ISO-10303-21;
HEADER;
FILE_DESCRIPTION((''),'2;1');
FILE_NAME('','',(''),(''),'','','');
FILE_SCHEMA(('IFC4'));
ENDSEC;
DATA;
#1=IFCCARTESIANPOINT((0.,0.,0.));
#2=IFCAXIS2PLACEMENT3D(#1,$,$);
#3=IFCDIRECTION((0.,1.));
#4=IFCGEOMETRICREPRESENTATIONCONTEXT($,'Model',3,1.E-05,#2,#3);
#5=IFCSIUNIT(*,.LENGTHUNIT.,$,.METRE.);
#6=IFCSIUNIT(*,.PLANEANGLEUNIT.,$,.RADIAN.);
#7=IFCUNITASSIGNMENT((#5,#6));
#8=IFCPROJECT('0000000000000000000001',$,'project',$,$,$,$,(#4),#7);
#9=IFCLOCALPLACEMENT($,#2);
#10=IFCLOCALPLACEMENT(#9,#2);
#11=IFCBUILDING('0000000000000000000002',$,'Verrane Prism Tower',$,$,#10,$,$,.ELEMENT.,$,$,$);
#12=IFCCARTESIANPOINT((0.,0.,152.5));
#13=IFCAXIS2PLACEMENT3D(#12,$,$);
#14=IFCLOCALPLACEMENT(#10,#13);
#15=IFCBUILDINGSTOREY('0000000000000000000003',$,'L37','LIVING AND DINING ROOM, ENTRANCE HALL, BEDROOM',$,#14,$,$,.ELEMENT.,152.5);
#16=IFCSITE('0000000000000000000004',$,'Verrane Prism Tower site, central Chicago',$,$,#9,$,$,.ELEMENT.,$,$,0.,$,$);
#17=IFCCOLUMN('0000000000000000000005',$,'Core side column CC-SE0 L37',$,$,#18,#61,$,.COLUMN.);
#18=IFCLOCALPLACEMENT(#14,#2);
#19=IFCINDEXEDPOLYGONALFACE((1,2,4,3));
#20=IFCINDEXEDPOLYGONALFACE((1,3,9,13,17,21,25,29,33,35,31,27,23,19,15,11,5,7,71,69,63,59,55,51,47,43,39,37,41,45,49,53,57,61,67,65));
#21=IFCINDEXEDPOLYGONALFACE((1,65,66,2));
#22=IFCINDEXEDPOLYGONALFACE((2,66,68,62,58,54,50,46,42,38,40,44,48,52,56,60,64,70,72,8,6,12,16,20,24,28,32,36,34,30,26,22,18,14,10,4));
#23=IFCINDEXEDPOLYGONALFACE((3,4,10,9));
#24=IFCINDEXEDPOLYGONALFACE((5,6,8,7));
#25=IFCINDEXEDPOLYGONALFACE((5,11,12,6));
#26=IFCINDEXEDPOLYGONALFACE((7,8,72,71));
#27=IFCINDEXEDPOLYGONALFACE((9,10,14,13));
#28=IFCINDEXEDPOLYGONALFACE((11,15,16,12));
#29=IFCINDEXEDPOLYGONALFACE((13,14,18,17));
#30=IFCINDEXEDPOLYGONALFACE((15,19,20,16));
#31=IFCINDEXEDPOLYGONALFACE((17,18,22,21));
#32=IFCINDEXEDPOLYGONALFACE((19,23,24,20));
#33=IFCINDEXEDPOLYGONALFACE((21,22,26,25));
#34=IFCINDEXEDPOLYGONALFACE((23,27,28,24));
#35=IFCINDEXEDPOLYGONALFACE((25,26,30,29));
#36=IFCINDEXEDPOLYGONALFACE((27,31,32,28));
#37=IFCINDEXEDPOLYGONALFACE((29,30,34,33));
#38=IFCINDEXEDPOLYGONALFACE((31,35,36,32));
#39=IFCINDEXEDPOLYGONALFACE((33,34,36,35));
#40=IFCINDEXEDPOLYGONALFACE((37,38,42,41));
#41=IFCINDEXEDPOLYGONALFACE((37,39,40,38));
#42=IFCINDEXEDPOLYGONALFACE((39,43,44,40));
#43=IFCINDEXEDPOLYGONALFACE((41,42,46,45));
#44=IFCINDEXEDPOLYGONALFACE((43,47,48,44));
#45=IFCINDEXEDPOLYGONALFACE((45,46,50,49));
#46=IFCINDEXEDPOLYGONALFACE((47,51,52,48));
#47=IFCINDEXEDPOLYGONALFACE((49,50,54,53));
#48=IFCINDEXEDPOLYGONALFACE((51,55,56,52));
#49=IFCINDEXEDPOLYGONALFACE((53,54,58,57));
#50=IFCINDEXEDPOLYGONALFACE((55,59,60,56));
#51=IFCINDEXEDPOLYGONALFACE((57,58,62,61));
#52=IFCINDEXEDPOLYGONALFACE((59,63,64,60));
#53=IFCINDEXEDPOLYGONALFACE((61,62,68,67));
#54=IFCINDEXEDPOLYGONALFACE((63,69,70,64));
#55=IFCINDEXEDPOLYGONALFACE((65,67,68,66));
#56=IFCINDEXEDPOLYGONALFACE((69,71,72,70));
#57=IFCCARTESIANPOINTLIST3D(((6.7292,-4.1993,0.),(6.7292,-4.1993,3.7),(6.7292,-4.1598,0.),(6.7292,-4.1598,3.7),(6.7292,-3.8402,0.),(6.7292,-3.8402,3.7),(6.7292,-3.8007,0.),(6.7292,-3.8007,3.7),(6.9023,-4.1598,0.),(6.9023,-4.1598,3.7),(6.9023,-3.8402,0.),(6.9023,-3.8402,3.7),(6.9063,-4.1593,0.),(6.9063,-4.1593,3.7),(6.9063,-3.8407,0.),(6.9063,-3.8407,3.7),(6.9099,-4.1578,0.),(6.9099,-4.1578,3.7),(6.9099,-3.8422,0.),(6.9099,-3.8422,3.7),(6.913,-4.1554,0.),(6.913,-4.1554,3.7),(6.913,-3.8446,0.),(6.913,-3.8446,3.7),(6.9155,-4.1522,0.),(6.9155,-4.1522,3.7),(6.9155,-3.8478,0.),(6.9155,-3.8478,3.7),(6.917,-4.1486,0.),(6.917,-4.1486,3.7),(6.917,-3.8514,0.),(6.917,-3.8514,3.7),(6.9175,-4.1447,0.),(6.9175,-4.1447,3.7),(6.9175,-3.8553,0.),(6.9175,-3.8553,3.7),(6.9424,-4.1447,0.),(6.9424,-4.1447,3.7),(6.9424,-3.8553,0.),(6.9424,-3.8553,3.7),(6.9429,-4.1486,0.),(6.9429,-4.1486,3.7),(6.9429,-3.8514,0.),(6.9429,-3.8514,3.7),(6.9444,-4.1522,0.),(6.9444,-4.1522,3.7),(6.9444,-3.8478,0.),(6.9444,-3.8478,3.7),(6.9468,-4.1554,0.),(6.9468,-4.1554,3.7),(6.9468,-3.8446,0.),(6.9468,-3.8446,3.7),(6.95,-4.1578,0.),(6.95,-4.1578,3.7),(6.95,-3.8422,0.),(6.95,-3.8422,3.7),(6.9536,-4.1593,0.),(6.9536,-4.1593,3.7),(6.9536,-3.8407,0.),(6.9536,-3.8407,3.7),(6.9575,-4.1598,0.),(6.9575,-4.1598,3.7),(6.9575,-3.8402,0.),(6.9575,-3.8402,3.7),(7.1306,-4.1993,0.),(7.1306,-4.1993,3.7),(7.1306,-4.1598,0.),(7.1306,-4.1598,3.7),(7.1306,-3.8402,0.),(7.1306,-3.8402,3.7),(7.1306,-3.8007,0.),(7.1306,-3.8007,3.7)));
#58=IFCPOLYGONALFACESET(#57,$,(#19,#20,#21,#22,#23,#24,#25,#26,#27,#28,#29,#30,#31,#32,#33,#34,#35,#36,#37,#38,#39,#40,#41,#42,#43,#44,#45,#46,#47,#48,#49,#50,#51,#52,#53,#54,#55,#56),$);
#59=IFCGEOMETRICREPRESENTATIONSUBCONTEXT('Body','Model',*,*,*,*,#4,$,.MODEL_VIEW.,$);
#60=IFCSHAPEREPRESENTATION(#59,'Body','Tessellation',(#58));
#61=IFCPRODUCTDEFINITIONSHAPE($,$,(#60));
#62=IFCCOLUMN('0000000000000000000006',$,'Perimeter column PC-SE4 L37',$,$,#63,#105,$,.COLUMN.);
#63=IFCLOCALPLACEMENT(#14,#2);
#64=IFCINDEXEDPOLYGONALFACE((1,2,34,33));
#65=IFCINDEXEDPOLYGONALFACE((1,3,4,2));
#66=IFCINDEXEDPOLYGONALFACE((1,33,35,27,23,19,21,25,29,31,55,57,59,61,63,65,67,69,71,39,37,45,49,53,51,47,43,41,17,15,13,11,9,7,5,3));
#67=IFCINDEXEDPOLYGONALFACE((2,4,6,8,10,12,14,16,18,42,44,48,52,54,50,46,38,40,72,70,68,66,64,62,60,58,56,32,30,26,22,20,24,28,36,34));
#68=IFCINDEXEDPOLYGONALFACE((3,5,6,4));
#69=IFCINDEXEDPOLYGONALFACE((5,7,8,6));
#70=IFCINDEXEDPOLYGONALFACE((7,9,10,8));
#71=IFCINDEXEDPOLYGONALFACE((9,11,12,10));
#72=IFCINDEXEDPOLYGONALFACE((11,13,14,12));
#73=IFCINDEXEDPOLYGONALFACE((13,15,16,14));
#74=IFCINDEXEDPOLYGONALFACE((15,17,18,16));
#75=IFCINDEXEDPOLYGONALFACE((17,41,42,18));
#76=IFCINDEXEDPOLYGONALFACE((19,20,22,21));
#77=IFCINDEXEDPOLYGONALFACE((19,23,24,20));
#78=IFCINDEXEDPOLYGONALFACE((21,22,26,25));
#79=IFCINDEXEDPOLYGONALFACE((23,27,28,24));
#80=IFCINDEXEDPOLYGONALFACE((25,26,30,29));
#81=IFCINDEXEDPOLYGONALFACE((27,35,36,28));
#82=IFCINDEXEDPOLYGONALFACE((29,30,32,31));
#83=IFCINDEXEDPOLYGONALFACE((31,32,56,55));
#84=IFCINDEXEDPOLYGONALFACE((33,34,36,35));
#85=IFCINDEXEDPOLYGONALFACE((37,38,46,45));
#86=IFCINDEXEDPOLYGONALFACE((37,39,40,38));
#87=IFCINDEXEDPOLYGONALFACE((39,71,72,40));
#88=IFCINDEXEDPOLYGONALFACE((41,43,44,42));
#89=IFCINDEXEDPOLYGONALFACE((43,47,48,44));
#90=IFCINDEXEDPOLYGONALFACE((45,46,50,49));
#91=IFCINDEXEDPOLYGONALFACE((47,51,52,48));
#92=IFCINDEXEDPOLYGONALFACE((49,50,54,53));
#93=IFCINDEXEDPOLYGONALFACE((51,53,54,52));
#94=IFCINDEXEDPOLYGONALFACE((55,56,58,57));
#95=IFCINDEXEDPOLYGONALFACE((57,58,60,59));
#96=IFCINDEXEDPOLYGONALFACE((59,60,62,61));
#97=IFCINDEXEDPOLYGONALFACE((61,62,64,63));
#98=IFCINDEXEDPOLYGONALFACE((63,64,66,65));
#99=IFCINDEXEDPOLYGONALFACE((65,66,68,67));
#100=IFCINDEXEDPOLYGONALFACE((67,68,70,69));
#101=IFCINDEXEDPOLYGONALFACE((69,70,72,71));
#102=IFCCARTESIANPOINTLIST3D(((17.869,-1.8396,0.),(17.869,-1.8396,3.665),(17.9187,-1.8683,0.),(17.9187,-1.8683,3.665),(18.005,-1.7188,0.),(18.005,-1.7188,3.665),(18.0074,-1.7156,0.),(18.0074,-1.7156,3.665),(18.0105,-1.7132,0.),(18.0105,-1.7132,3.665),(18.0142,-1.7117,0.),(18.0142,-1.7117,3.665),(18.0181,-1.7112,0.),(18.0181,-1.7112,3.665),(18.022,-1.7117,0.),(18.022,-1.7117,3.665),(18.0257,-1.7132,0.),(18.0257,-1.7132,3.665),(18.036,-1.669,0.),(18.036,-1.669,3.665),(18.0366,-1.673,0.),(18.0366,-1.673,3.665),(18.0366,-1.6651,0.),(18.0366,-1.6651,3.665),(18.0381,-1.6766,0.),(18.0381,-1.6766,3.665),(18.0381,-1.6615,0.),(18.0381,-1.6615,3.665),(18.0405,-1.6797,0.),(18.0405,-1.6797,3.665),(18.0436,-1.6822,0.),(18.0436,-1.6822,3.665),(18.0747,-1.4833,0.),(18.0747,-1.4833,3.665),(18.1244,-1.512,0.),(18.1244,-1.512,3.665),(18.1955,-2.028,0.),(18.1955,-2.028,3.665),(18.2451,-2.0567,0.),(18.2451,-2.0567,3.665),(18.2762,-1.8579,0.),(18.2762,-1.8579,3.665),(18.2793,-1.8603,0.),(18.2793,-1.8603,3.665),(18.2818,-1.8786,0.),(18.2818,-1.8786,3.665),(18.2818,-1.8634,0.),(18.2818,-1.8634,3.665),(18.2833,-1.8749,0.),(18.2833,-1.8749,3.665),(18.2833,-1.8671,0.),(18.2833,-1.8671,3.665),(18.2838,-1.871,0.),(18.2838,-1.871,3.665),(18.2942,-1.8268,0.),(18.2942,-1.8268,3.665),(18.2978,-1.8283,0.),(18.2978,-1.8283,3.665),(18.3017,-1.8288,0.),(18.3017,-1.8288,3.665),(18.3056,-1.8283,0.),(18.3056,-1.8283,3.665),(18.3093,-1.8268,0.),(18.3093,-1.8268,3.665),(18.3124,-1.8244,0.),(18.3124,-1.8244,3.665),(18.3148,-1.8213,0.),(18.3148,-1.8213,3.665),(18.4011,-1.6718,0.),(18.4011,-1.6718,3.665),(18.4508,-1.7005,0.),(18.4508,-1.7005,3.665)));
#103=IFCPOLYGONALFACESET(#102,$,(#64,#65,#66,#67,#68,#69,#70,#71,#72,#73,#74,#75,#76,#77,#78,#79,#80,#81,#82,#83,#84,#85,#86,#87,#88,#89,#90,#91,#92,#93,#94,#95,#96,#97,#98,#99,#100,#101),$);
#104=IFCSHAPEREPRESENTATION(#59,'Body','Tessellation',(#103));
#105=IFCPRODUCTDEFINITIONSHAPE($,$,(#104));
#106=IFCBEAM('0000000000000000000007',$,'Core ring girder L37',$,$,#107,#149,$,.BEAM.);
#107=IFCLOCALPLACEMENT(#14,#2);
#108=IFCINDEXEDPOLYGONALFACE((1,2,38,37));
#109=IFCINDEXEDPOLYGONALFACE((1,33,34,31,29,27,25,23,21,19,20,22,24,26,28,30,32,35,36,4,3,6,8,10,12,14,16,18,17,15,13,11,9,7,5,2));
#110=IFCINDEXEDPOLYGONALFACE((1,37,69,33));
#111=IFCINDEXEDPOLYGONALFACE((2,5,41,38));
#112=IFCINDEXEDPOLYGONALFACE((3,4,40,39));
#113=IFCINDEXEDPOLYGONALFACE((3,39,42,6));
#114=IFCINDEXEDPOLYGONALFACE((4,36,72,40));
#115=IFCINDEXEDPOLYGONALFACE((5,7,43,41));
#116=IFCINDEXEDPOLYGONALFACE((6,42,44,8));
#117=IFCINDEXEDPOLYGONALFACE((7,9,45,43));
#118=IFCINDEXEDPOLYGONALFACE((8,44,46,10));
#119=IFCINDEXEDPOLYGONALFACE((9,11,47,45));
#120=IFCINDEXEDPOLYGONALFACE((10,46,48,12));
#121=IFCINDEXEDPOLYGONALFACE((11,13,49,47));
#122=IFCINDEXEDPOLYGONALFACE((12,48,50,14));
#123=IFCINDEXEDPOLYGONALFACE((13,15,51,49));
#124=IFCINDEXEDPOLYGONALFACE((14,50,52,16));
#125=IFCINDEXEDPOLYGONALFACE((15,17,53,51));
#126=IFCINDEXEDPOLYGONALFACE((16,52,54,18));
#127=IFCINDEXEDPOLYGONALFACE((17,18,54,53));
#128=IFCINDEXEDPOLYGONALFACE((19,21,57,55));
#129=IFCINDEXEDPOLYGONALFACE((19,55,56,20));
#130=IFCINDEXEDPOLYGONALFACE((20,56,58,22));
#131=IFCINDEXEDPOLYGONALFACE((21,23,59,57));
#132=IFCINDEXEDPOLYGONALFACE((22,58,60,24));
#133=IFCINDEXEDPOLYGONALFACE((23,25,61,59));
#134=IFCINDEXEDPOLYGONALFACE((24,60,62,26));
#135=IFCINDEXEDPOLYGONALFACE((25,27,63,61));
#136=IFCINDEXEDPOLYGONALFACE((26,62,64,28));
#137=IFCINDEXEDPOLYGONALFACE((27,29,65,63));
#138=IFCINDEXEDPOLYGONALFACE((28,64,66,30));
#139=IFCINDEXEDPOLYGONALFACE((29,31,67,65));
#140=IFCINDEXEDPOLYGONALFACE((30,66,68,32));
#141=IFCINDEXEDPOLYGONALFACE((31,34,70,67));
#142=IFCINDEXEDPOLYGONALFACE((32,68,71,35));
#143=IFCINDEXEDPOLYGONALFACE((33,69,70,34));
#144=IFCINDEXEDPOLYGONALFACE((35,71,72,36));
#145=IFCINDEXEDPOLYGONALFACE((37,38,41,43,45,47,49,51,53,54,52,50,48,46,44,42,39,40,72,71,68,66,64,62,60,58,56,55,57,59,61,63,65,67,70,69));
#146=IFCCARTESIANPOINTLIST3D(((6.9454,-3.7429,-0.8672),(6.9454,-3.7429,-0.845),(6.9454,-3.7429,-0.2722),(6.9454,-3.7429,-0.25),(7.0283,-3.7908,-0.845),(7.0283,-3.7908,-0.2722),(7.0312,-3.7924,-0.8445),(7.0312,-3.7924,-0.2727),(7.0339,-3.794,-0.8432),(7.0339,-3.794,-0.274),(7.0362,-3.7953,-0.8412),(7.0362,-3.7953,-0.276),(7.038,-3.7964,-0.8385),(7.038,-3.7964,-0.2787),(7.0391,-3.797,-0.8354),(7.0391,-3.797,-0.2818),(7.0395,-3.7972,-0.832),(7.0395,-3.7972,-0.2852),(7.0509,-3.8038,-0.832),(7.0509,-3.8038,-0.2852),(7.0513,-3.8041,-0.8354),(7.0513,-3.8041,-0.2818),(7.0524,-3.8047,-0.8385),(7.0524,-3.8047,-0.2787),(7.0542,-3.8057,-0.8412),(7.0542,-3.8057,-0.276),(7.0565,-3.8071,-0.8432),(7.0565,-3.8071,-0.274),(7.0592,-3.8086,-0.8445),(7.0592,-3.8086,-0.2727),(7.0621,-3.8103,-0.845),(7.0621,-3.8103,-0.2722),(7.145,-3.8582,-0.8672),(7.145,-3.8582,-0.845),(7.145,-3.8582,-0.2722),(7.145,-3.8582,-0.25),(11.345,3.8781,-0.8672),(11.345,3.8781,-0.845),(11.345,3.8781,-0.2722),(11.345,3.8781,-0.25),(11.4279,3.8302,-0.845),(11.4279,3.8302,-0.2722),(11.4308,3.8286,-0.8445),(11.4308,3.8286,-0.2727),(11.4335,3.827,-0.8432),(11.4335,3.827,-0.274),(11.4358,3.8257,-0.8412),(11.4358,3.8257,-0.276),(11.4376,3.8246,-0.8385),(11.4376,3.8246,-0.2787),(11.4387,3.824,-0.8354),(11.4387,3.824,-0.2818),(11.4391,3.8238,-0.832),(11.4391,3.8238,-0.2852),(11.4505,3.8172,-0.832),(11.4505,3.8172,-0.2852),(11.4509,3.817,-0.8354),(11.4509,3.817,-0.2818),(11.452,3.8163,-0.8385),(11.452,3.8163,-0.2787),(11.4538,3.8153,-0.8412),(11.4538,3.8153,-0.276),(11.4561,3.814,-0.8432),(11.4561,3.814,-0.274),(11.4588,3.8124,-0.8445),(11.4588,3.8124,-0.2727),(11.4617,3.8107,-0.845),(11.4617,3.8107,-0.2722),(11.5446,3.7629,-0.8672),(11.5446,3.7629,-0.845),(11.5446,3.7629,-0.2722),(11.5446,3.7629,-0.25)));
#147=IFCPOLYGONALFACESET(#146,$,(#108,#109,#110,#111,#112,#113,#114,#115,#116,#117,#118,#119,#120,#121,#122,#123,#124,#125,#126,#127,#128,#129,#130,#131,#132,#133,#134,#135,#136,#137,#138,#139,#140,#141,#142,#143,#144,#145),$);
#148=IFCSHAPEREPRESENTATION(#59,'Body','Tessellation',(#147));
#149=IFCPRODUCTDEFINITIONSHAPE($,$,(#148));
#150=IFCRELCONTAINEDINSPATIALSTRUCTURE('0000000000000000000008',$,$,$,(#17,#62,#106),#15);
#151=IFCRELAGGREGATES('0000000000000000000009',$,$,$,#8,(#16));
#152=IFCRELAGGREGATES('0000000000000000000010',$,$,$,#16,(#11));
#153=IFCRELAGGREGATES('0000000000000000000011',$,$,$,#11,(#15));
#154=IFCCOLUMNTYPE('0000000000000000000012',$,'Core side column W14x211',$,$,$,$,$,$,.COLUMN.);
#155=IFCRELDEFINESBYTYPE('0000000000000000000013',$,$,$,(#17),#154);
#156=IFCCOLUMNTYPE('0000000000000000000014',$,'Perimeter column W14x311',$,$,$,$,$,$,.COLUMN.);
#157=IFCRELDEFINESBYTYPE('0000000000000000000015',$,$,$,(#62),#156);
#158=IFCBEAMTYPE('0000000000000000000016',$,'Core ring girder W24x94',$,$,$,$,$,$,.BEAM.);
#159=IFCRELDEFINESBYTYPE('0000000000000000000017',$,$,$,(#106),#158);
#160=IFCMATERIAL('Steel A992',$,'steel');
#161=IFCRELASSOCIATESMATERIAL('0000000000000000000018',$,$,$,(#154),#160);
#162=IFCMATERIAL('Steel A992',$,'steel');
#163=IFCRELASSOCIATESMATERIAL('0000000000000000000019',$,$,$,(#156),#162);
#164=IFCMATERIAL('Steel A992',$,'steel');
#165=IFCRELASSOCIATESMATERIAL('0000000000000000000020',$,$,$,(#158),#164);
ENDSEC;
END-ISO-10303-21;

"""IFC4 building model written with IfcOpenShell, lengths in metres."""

from ifc_helpers import new_model, si_unit, direction, frame, origin, origin_2d, place, context, subcontext, project, spatial, i_section, extrude, material, material_profile, profile_set, type_object, element, save


model = new_model("IFC4")

# Units and contexts
model_context = context("Model", 3, precision=1e-05, world=origin(), true_north=direction((0.0, 1.0)))
body_context = subcontext(model_context, "Body", "Model", "MODEL_VIEW")
ifc_project = project(units=[si_unit("LENGTHUNIT", "METRE"), si_unit("PLANEANGLEUNIT", "RADIAN")], contexts=[model_context])

# Site, building, storey
site_placement = place(None, origin())
site = spatial("IfcSite", under=ifc_project, at=site_placement, Name="Verrane Prism Tower site, central Chicago", CompositionType="ELEMENT", RefElevation=0.0)
building_placement = place(site_placement, origin())
building = spatial("IfcBuilding", under=site, at=building_placement, Name="Verrane Prism Tower", CompositionType="ELEMENT")
storey_placement = place(building_placement, frame((0.0, 0.0, 152.5)))
storey = spatial("IfcBuildingStorey", under=building, at=storey_placement, Name="L37", Description="LIVING AND DINING ROOM, ENTRANCE HALL, BEDROOM", CompositionType="ELEMENT", Elevation=152.5)

# Columns
ifc_material_1 = material(Name="Steel A992", Category="steel")
ifc_material_profile_1 = material_profile(ifc_material_1, i_section(OverallWidth=0.4014, OverallDepth=0.3987, WebThickness=0.0249, FlangeThickness=0.0396, FilletRadius=0.0151, at=origin_2d()), Name="W14x211")
ifc_profile_set_1 = profile_set([ifc_material_profile_1], Name="Steel A992")
column_type_1 = type_object("IfcColumnType", Name="Core side column W14x211", PredefinedType="COLUMN", material=ifc_profile_set_1)
column_1_placement = place(storey_placement, frame((6.9299, -4.0, 0.0), z_axis=(0.0, 0.0, 1.0), x_axis=(1.0, 0.0, 0.0)))
element("IfcColumn", 1, at=column_1_placement, inside=storey, type_object=column_type_1, Name="Core side column CC-SE0 L37", PredefinedType="COLUMN", context=body_context, shape_type="SweptSolid", body=[
    extrude(i_section(OverallWidth=0.4014, OverallDepth=0.3987, WebThickness=0.0249, FlangeThickness=0.0396, FilletRadius=0.0151, at=origin_2d()), origin(), (0.0, 0.0, 1.0), 3.7),
])
ifc_material_2 = material(Name="Steel A992", Category="steel")
ifc_material_profile_2 = material_profile(ifc_material_2, i_section(OverallWidth=0.4114, OverallDepth=0.4343, WebThickness=0.0359, FlangeThickness=0.0574, FilletRadius=0.0151, at=origin_2d()), Name="W14x311")
ifc_profile_set_2 = profile_set([ifc_material_profile_2], Name="Steel A992")
column_type_2 = type_object("IfcColumnType", Name="Perimeter column W14x311", PredefinedType="COLUMN", material=ifc_profile_set_2)
column_2_placement = place(storey_placement, frame((18.1599, -1.77, 0.0), z_axis=(0.0, 0.0, 1.0), x_axis=(-0.5, -0.866025, 0.0)))
element("IfcColumn", 2, at=column_2_placement, inside=storey, type_object=column_type_2, Name="Perimeter column PC-SE4 L37", PredefinedType="COLUMN", context=body_context, shape_type="SweptSolid", body=[
    extrude(i_section(OverallWidth=0.4114, OverallDepth=0.4343, WebThickness=0.0359, FlangeThickness=0.0574, FilletRadius=0.0151, at=origin_2d()), origin(), (0.0, 0.0, 1.0), 3.665),
])

# Beam
ifc_material_3 = material(Name="Steel A992", Category="steel")
ifc_material_profile_3 = material_profile(ifc_material_3, i_section(OverallWidth=0.2305, OverallDepth=0.6172, WebThickness=0.0132, FlangeThickness=0.0222, FilletRadius=0.0129, at=origin_2d()), Name="W24x94")
ifc_profile_set_3 = profile_set([ifc_material_profile_3], Name="Steel A992")
beam_type_1 = type_object("IfcBeamType", Name="Core ring girder W24x94", PredefinedType="BEAM", material=ifc_profile_set_3)
beam_1_placement = place(storey_placement, frame((7.0452, -3.8005, -0.5586), z_axis=(0.499967, 0.866044, 0.0), x_axis=(-0.866044, 0.499967, 0.0)))
element("IfcBeam", 3, at=beam_1_placement, inside=storey, type_object=beam_type_1, Name="Core ring girder L37", PredefinedType="BEAM", context=body_context, shape_type="SweptSolid", body=[
    extrude(i_section(OverallWidth=0.2305, OverallDepth=0.6172, WebThickness=0.0132, FlangeThickness=0.0222, FilletRadius=0.0129, at=origin_2d()), origin(), (0.0, 0.0, 1.0), 8.7998),
])

save(model, "model.ifc")
